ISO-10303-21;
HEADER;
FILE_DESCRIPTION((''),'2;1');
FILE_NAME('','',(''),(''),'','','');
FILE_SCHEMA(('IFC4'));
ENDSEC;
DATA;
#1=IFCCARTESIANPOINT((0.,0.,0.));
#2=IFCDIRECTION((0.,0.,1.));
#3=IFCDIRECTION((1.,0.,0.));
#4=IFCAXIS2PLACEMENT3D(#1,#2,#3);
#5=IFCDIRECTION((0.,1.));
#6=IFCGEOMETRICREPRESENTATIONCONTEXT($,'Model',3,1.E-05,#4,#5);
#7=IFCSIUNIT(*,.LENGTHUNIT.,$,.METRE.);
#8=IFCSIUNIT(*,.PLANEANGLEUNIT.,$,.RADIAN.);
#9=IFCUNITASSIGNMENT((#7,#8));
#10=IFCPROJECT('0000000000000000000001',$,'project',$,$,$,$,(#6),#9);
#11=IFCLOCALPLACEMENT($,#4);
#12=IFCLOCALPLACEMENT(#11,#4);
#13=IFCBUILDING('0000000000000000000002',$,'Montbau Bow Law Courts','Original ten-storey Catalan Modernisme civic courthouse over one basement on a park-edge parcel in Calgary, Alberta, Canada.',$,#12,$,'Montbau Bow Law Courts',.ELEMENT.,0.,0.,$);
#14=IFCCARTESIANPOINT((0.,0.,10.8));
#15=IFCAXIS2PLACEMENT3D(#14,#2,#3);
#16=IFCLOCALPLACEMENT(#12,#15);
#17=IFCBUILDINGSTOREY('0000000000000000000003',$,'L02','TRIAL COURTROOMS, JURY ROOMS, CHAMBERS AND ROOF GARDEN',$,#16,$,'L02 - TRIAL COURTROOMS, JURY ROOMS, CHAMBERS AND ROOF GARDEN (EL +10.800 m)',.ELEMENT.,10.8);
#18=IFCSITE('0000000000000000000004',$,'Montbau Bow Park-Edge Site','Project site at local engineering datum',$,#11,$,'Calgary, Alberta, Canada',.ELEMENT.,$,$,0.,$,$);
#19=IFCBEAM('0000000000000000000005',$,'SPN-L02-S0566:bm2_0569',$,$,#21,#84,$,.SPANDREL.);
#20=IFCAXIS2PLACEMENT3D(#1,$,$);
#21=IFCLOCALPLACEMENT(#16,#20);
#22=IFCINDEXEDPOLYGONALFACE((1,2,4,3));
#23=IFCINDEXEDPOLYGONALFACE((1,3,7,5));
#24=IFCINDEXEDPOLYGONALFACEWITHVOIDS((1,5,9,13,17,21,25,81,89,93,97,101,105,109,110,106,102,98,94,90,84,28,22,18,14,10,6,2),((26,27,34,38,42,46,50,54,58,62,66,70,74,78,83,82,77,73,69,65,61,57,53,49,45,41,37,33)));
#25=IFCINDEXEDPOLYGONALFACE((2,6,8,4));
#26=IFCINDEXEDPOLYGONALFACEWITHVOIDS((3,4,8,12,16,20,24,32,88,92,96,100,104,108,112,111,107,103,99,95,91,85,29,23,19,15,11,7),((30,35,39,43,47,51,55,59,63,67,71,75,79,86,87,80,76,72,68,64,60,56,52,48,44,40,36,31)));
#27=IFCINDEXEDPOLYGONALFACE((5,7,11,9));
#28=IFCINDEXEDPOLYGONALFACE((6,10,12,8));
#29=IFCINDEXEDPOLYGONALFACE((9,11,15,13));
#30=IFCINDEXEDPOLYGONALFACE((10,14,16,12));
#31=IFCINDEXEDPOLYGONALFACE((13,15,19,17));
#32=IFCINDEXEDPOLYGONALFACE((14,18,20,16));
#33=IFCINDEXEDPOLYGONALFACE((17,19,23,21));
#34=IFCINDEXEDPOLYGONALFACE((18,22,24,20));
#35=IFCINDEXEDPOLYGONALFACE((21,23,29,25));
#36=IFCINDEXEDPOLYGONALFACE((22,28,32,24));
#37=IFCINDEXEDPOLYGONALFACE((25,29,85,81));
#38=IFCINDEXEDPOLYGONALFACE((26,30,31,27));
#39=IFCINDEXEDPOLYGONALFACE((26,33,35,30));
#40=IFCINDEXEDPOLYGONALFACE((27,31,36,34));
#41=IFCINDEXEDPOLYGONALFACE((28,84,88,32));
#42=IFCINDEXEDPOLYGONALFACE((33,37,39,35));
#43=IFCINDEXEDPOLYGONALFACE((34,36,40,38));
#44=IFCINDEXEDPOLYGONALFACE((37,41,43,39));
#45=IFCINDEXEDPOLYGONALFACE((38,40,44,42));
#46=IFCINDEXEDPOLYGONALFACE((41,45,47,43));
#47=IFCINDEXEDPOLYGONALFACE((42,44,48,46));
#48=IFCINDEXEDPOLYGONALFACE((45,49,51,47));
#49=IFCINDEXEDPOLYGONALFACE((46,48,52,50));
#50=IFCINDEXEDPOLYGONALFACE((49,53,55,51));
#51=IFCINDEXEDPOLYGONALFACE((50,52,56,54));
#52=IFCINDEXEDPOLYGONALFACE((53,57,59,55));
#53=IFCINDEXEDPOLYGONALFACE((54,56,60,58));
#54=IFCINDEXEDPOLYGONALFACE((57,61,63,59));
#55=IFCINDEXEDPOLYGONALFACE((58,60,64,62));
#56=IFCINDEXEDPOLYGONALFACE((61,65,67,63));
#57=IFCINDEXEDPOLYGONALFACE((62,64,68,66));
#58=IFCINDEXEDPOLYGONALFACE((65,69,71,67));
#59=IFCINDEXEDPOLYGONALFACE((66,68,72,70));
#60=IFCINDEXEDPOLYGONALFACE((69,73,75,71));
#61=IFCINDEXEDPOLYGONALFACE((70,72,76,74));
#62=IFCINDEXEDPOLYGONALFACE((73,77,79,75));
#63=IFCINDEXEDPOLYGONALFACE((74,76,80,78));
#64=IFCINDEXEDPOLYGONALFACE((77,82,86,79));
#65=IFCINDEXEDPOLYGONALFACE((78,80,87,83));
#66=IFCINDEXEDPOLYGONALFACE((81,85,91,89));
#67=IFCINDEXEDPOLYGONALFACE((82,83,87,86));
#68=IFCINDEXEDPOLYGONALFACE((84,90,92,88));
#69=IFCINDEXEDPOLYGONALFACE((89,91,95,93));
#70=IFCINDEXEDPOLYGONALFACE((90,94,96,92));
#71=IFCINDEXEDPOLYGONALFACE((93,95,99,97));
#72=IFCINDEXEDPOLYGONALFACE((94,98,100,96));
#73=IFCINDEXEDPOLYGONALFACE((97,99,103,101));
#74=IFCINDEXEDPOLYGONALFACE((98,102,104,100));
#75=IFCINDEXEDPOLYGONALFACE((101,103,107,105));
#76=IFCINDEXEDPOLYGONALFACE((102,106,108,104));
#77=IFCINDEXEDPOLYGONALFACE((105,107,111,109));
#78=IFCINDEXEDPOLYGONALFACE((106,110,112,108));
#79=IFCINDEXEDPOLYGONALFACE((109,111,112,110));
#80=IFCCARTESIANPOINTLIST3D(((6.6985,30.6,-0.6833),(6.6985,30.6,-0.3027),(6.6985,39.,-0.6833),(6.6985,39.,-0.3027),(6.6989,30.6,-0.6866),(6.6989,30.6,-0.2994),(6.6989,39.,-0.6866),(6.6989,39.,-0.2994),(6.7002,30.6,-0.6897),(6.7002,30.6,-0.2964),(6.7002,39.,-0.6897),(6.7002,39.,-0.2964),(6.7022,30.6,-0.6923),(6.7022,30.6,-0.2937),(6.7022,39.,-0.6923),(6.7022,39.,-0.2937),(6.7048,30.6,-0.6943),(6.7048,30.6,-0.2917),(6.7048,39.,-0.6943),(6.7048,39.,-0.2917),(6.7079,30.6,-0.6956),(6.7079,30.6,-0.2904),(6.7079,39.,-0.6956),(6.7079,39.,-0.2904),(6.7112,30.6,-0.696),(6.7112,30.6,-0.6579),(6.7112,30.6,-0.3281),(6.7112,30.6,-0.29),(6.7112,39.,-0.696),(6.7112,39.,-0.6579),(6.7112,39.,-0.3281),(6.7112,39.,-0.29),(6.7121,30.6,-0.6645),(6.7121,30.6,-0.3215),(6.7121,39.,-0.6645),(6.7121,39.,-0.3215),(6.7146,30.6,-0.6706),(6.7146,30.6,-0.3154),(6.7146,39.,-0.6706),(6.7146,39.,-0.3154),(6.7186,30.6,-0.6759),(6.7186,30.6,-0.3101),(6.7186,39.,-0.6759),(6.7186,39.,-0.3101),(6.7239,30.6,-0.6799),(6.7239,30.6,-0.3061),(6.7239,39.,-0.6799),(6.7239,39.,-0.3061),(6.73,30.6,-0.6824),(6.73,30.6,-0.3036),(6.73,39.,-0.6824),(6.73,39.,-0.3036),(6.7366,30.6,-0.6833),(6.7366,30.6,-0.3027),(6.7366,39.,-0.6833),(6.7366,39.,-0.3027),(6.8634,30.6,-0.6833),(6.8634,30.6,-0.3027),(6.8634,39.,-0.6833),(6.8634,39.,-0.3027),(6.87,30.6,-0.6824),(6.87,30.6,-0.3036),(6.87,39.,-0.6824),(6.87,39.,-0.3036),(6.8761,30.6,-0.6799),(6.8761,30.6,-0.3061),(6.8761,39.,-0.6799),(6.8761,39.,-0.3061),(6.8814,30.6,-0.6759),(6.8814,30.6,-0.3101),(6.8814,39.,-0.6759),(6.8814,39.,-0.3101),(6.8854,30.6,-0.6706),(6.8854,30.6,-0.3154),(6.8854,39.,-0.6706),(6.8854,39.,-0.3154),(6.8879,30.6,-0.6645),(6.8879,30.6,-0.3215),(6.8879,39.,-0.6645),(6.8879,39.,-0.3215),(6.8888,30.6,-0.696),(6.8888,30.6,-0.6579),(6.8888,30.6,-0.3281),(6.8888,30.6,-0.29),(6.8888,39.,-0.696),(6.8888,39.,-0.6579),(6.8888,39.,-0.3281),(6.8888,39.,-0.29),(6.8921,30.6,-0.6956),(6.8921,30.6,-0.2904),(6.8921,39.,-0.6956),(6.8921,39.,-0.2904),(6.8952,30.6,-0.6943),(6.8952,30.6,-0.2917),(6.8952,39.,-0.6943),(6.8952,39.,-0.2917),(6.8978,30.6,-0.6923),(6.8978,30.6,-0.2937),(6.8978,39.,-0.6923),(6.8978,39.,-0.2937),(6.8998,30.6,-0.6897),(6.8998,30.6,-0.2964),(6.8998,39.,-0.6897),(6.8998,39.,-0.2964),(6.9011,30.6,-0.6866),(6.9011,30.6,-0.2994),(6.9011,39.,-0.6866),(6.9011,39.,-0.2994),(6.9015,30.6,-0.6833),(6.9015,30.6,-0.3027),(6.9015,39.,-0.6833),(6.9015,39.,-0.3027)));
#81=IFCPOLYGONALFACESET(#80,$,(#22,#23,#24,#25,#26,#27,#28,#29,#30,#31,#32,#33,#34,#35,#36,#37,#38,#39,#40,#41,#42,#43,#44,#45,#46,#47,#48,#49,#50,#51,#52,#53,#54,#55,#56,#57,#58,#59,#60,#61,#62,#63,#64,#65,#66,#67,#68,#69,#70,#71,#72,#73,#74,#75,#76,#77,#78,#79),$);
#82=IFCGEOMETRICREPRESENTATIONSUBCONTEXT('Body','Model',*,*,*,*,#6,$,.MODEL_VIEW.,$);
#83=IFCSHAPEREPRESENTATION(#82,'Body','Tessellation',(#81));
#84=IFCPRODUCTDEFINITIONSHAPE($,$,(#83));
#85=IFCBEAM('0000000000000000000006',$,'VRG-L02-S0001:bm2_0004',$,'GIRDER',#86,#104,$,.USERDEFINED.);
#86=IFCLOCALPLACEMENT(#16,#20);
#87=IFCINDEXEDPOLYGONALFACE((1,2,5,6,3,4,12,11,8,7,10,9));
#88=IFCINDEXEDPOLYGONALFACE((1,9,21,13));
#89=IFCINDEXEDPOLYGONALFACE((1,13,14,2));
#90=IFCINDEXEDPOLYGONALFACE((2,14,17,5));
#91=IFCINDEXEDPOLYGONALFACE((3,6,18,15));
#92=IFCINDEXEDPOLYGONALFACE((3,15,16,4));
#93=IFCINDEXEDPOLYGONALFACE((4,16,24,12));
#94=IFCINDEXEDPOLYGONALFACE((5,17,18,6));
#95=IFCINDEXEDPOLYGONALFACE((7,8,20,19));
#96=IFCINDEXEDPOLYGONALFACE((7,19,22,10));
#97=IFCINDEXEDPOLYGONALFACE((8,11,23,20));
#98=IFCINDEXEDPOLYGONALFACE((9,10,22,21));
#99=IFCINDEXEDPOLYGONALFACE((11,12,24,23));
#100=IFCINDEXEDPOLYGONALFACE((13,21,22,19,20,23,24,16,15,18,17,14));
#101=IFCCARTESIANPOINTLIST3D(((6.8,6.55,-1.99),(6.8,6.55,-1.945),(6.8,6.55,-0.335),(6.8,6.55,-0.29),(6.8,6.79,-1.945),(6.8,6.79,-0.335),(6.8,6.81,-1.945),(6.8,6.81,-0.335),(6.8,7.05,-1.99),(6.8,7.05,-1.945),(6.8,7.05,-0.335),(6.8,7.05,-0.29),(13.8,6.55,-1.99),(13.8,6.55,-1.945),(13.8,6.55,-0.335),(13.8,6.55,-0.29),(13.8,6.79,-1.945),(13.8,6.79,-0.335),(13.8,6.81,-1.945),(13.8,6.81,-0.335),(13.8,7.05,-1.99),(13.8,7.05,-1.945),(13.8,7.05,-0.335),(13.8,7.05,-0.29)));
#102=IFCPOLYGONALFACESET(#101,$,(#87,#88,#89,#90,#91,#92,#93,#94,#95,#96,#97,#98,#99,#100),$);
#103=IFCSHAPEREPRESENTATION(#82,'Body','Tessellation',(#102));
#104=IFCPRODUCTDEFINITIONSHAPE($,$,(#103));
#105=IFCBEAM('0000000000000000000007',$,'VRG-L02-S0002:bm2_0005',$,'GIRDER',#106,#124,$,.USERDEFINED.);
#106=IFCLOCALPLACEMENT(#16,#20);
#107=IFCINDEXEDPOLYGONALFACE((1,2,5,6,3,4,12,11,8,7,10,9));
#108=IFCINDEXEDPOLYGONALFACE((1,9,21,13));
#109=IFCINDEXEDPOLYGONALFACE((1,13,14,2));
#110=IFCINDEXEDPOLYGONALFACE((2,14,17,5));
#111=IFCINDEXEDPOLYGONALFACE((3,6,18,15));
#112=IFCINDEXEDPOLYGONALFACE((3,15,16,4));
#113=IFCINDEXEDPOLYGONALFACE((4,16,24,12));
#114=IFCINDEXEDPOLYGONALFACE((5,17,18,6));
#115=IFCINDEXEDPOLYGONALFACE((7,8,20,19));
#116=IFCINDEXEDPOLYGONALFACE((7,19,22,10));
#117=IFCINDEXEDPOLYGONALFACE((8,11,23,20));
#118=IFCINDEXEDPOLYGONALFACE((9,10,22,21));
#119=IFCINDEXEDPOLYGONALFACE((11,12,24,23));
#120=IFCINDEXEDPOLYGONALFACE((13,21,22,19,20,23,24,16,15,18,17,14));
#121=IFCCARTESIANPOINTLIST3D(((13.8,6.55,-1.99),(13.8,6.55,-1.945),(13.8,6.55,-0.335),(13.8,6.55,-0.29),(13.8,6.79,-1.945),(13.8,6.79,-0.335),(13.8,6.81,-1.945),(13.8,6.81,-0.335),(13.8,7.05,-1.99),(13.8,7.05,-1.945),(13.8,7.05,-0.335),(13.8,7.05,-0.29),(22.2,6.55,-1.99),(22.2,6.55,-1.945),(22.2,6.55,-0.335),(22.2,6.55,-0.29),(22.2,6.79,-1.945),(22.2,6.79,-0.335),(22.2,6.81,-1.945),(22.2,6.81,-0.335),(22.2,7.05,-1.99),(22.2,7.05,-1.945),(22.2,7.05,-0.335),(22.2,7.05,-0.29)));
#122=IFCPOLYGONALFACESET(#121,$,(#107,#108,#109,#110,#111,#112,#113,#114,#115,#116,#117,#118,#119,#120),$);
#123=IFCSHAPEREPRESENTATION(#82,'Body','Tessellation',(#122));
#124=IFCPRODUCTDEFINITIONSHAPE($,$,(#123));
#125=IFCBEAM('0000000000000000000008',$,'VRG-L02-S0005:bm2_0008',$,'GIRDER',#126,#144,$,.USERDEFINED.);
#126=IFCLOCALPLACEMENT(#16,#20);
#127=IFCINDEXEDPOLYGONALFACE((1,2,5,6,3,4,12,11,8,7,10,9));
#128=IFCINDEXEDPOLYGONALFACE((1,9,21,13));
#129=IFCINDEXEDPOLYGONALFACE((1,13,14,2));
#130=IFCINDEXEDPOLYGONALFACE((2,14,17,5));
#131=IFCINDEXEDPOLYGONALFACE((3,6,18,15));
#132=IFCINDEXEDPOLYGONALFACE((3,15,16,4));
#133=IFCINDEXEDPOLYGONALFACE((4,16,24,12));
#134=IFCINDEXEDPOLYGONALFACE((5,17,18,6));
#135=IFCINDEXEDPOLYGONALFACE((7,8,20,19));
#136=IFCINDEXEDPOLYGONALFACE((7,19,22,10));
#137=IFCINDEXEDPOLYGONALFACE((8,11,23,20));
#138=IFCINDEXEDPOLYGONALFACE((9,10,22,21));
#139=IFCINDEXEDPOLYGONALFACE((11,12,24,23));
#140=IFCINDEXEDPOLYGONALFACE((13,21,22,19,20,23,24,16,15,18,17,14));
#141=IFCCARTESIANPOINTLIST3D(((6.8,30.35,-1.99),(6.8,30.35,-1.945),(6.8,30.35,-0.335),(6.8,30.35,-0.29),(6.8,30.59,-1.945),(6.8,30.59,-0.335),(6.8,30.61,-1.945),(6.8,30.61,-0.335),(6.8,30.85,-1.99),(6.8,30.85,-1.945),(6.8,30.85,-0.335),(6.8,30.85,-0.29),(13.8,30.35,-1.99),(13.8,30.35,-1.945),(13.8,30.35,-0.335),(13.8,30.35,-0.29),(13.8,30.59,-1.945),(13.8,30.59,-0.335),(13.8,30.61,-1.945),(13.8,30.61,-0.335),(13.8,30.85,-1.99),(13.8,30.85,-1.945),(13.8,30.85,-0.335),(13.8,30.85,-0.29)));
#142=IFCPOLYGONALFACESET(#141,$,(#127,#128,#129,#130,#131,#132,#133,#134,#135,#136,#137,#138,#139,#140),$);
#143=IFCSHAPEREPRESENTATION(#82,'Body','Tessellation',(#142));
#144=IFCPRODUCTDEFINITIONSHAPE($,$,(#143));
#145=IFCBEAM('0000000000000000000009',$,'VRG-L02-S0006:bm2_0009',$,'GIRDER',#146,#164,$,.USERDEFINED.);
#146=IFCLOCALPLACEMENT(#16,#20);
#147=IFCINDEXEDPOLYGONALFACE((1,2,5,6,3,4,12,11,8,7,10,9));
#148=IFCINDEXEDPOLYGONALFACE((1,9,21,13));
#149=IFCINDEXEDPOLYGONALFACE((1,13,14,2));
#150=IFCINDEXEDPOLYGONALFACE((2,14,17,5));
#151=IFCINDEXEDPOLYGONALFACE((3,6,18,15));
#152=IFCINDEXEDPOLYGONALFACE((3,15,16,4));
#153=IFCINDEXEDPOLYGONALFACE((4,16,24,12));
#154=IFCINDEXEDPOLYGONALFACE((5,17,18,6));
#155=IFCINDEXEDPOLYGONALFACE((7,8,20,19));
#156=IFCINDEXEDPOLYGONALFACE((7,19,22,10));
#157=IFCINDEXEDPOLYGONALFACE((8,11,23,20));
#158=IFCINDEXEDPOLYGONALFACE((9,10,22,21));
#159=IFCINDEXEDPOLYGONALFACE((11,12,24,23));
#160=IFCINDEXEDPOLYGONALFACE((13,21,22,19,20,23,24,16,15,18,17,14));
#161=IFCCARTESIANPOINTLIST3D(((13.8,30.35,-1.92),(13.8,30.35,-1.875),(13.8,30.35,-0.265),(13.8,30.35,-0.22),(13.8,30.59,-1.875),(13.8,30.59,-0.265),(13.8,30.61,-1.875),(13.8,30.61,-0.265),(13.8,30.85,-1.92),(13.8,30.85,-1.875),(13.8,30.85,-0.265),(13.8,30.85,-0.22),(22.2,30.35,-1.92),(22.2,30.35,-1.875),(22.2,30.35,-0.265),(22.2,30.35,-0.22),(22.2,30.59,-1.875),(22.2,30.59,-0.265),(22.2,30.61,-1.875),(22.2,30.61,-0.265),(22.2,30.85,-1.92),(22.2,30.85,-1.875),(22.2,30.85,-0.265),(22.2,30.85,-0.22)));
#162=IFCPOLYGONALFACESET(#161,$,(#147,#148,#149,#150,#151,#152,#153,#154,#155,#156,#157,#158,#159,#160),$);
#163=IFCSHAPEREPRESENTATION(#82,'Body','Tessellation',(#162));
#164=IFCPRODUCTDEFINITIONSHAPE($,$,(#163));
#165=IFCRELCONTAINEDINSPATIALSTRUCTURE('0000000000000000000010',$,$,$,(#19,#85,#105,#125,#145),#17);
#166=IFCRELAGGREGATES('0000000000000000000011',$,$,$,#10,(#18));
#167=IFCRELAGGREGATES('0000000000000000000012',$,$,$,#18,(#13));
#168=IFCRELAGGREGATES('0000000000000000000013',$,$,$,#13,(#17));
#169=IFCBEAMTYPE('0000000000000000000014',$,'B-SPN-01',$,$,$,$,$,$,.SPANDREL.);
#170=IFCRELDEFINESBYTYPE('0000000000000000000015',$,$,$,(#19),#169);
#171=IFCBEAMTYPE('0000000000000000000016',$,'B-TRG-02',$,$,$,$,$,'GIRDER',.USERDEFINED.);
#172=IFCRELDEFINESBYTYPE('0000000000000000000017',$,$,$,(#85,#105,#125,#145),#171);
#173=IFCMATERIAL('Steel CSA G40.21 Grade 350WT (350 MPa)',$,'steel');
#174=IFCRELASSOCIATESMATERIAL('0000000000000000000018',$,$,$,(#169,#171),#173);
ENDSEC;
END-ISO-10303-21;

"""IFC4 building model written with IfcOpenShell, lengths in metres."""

from ifc_helpers import new_model, si_unit, direction, frame, origin_with_axes, origin_2d_with_axis, place, context, subcontext, project, spatial, hollow_rectangle, i_section, extrude, material, material_profile, profile_set, type_object, element, save


model = new_model("IFC4")

# Units and contexts
model_context = context("Model", 3, precision=1e-05, world=origin_with_axes(), true_north=direction((0.0, 1.0)))
body_context = subcontext(model_context, "Body", "Model", "MODEL_VIEW")
ifc_project = project(units=[si_unit("LENGTHUNIT", "METRE"), si_unit("PLANEANGLEUNIT", "RADIAN")], contexts=[model_context])

# Site, building, storey
site_placement = place(None, origin_with_axes())
site = spatial("IfcSite", under=ifc_project, at=site_placement, Name="Montbau Bow Park-Edge Site", Description="Project site at local engineering datum", LongName="Calgary, Alberta, Canada", CompositionType="ELEMENT", RefElevation=0.0)
building_placement = place(site_placement, origin_with_axes())
building = spatial("IfcBuilding", under=site, at=building_placement, Name="Montbau Bow Law Courts", Description="Original ten-storey Catalan Modernisme civic courthouse over one basement on a park-edge parcel in Calgary, Alberta, Canada.", LongName="Montbau Bow Law Courts", CompositionType="ELEMENT", ElevationOfRefHeight=0.0, ElevationOfTerrain=0.0)
storey_placement = place(building_placement, frame((0.0, 0.0, 10.8), z_axis=(0.0, 0.0, 1.0), x_axis=(1.0, 0.0, 0.0)))
storey = spatial("IfcBuildingStorey", under=building, at=storey_placement, Name="L02", Description="TRIAL COURTROOMS, JURY ROOMS, CHAMBERS AND ROOF GARDEN", LongName="L02 - TRIAL COURTROOMS, JURY ROOMS, CHAMBERS AND ROOF GARDEN (EL +10.800 m)", CompositionType="ELEMENT", Elevation=10.8)

# Beams
ifc_material_1 = material(Name="Steel CSA G40.21 Grade 350WT (350 MPa)", Category="steel")
ifc_material_profile_1 = material_profile(ifc_material_1, hollow_rectangle(XDim=0.203, YDim=0.406, WallThickness=0.0127, InnerFilletRadius=0.0254, OuterFilletRadius=0.0127, at=origin_2d_with_axis()), Name="HSS406X203X13", Category="Main", Priority=0)
ifc_profile_set_1 = profile_set([ifc_material_profile_1], Name="Steel CSA G40.21 Grade 350WT (350 MPa)")
beam_type_1 = type_object("IfcBeamType", Name="B-SPN-01", PredefinedType="SPANDREL", material=ifc_profile_set_1)
beam_1_placement = place(None, frame((6.8, 30.6, 10.307), z_axis=(0.0, 1.0, 0.0), x_axis=(-1.0, 0.0, 0.0)))
element("IfcBeam", 1, at=beam_1_placement, inside=storey, type_object=beam_type_1, Name="SPN-L02-S0566:bm2_0569", PredefinedType="SPANDREL", context=body_context, shape_type="SweptSolid", body=[
    extrude(hollow_rectangle(XDim=0.203, YDim=0.406, WallThickness=0.0127, InnerFilletRadius=0.0254, OuterFilletRadius=0.0127, at=origin_2d_with_axis()), origin_with_axes(), (0.0, 0.0, 1.0), 8.4),
])
ifc_material_profile_2 = material_profile(ifc_material_1, i_section(OverallWidth=0.5, OverallDepth=1.7, WebThickness=0.02, FlangeThickness=0.045, at=origin_2d_with_axis()), Name="WWF1700X480", Category="Main", Priority=0)
ifc_profile_set_2 = profile_set([ifc_material_profile_2], Name="Steel CSA G40.21 Grade 350WT (350 MPa)")
beam_type_2 = type_object("IfcBeamType", Name="B-TRG-02", ElementType="GIRDER", PredefinedType="USERDEFINED", material=ifc_profile_set_2)
beam_2_placement = place(None, frame((6.8, 6.8, 9.66), z_axis=(1.0, 0.0, 0.0), x_axis=(0.0, 1.0, 0.0)))
element("IfcBeam", 2, at=beam_2_placement, inside=storey, type_object=beam_type_2, Name="VRG-L02-S0001:bm2_0004", ObjectType="GIRDER", PredefinedType="USERDEFINED", context=body_context, shape_type="SweptSolid", body=[
    extrude(i_section(OverallWidth=0.5, OverallDepth=1.7, WebThickness=0.02, FlangeThickness=0.045, at=origin_2d_with_axis()), origin_with_axes(), (0.0, 0.0, 1.0), 7.0),
])
beam_3_placement = place(None, frame((13.8, 6.8, 9.66), z_axis=(1.0, 0.0, 0.0), x_axis=(0.0, 1.0, 0.0)))
element("IfcBeam", 3, at=beam_3_placement, inside=storey, type_object=beam_type_2, Name="VRG-L02-S0002:bm2_0005", ObjectType="GIRDER", PredefinedType="USERDEFINED", context=body_context, shape_type="SweptSolid", body=[
    extrude(i_section(OverallWidth=0.5, OverallDepth=1.7, WebThickness=0.02, FlangeThickness=0.045, at=origin_2d_with_axis()), origin_with_axes(), (0.0, 0.0, 1.0), 8.4),
])
beam_4_placement = place(None, frame((6.8, 30.6, 9.66), z_axis=(1.0, 0.0, 0.0), x_axis=(0.0, 1.0, 0.0)))
element("IfcBeam", 4, at=beam_4_placement, inside=storey, type_object=beam_type_2, Name="VRG-L02-S0005:bm2_0008", ObjectType="GIRDER", PredefinedType="USERDEFINED", context=body_context, shape_type="SweptSolid", body=[
    extrude(i_section(OverallWidth=0.5, OverallDepth=1.7, WebThickness=0.02, FlangeThickness=0.045, at=origin_2d_with_axis()), origin_with_axes(), (0.0, 0.0, 1.0), 7.0),
])
beam_5_placement = place(None, frame((13.8, 30.6, 9.73), z_axis=(1.0, 0.0, 0.0), x_axis=(0.0, 1.0, 0.0)))
element("IfcBeam", 5, at=beam_5_placement, inside=storey, type_object=beam_type_2, Name="VRG-L02-S0006:bm2_0009", ObjectType="GIRDER", PredefinedType="USERDEFINED", context=body_context, shape_type="SweptSolid", body=[
    extrude(i_section(OverallWidth=0.5, OverallDepth=1.7, WebThickness=0.02, FlangeThickness=0.045, at=origin_2d_with_axis()), origin_with_axes(), (0.0, 0.0, 1.0), 8.4),
])

save(model, "model.ifc")
